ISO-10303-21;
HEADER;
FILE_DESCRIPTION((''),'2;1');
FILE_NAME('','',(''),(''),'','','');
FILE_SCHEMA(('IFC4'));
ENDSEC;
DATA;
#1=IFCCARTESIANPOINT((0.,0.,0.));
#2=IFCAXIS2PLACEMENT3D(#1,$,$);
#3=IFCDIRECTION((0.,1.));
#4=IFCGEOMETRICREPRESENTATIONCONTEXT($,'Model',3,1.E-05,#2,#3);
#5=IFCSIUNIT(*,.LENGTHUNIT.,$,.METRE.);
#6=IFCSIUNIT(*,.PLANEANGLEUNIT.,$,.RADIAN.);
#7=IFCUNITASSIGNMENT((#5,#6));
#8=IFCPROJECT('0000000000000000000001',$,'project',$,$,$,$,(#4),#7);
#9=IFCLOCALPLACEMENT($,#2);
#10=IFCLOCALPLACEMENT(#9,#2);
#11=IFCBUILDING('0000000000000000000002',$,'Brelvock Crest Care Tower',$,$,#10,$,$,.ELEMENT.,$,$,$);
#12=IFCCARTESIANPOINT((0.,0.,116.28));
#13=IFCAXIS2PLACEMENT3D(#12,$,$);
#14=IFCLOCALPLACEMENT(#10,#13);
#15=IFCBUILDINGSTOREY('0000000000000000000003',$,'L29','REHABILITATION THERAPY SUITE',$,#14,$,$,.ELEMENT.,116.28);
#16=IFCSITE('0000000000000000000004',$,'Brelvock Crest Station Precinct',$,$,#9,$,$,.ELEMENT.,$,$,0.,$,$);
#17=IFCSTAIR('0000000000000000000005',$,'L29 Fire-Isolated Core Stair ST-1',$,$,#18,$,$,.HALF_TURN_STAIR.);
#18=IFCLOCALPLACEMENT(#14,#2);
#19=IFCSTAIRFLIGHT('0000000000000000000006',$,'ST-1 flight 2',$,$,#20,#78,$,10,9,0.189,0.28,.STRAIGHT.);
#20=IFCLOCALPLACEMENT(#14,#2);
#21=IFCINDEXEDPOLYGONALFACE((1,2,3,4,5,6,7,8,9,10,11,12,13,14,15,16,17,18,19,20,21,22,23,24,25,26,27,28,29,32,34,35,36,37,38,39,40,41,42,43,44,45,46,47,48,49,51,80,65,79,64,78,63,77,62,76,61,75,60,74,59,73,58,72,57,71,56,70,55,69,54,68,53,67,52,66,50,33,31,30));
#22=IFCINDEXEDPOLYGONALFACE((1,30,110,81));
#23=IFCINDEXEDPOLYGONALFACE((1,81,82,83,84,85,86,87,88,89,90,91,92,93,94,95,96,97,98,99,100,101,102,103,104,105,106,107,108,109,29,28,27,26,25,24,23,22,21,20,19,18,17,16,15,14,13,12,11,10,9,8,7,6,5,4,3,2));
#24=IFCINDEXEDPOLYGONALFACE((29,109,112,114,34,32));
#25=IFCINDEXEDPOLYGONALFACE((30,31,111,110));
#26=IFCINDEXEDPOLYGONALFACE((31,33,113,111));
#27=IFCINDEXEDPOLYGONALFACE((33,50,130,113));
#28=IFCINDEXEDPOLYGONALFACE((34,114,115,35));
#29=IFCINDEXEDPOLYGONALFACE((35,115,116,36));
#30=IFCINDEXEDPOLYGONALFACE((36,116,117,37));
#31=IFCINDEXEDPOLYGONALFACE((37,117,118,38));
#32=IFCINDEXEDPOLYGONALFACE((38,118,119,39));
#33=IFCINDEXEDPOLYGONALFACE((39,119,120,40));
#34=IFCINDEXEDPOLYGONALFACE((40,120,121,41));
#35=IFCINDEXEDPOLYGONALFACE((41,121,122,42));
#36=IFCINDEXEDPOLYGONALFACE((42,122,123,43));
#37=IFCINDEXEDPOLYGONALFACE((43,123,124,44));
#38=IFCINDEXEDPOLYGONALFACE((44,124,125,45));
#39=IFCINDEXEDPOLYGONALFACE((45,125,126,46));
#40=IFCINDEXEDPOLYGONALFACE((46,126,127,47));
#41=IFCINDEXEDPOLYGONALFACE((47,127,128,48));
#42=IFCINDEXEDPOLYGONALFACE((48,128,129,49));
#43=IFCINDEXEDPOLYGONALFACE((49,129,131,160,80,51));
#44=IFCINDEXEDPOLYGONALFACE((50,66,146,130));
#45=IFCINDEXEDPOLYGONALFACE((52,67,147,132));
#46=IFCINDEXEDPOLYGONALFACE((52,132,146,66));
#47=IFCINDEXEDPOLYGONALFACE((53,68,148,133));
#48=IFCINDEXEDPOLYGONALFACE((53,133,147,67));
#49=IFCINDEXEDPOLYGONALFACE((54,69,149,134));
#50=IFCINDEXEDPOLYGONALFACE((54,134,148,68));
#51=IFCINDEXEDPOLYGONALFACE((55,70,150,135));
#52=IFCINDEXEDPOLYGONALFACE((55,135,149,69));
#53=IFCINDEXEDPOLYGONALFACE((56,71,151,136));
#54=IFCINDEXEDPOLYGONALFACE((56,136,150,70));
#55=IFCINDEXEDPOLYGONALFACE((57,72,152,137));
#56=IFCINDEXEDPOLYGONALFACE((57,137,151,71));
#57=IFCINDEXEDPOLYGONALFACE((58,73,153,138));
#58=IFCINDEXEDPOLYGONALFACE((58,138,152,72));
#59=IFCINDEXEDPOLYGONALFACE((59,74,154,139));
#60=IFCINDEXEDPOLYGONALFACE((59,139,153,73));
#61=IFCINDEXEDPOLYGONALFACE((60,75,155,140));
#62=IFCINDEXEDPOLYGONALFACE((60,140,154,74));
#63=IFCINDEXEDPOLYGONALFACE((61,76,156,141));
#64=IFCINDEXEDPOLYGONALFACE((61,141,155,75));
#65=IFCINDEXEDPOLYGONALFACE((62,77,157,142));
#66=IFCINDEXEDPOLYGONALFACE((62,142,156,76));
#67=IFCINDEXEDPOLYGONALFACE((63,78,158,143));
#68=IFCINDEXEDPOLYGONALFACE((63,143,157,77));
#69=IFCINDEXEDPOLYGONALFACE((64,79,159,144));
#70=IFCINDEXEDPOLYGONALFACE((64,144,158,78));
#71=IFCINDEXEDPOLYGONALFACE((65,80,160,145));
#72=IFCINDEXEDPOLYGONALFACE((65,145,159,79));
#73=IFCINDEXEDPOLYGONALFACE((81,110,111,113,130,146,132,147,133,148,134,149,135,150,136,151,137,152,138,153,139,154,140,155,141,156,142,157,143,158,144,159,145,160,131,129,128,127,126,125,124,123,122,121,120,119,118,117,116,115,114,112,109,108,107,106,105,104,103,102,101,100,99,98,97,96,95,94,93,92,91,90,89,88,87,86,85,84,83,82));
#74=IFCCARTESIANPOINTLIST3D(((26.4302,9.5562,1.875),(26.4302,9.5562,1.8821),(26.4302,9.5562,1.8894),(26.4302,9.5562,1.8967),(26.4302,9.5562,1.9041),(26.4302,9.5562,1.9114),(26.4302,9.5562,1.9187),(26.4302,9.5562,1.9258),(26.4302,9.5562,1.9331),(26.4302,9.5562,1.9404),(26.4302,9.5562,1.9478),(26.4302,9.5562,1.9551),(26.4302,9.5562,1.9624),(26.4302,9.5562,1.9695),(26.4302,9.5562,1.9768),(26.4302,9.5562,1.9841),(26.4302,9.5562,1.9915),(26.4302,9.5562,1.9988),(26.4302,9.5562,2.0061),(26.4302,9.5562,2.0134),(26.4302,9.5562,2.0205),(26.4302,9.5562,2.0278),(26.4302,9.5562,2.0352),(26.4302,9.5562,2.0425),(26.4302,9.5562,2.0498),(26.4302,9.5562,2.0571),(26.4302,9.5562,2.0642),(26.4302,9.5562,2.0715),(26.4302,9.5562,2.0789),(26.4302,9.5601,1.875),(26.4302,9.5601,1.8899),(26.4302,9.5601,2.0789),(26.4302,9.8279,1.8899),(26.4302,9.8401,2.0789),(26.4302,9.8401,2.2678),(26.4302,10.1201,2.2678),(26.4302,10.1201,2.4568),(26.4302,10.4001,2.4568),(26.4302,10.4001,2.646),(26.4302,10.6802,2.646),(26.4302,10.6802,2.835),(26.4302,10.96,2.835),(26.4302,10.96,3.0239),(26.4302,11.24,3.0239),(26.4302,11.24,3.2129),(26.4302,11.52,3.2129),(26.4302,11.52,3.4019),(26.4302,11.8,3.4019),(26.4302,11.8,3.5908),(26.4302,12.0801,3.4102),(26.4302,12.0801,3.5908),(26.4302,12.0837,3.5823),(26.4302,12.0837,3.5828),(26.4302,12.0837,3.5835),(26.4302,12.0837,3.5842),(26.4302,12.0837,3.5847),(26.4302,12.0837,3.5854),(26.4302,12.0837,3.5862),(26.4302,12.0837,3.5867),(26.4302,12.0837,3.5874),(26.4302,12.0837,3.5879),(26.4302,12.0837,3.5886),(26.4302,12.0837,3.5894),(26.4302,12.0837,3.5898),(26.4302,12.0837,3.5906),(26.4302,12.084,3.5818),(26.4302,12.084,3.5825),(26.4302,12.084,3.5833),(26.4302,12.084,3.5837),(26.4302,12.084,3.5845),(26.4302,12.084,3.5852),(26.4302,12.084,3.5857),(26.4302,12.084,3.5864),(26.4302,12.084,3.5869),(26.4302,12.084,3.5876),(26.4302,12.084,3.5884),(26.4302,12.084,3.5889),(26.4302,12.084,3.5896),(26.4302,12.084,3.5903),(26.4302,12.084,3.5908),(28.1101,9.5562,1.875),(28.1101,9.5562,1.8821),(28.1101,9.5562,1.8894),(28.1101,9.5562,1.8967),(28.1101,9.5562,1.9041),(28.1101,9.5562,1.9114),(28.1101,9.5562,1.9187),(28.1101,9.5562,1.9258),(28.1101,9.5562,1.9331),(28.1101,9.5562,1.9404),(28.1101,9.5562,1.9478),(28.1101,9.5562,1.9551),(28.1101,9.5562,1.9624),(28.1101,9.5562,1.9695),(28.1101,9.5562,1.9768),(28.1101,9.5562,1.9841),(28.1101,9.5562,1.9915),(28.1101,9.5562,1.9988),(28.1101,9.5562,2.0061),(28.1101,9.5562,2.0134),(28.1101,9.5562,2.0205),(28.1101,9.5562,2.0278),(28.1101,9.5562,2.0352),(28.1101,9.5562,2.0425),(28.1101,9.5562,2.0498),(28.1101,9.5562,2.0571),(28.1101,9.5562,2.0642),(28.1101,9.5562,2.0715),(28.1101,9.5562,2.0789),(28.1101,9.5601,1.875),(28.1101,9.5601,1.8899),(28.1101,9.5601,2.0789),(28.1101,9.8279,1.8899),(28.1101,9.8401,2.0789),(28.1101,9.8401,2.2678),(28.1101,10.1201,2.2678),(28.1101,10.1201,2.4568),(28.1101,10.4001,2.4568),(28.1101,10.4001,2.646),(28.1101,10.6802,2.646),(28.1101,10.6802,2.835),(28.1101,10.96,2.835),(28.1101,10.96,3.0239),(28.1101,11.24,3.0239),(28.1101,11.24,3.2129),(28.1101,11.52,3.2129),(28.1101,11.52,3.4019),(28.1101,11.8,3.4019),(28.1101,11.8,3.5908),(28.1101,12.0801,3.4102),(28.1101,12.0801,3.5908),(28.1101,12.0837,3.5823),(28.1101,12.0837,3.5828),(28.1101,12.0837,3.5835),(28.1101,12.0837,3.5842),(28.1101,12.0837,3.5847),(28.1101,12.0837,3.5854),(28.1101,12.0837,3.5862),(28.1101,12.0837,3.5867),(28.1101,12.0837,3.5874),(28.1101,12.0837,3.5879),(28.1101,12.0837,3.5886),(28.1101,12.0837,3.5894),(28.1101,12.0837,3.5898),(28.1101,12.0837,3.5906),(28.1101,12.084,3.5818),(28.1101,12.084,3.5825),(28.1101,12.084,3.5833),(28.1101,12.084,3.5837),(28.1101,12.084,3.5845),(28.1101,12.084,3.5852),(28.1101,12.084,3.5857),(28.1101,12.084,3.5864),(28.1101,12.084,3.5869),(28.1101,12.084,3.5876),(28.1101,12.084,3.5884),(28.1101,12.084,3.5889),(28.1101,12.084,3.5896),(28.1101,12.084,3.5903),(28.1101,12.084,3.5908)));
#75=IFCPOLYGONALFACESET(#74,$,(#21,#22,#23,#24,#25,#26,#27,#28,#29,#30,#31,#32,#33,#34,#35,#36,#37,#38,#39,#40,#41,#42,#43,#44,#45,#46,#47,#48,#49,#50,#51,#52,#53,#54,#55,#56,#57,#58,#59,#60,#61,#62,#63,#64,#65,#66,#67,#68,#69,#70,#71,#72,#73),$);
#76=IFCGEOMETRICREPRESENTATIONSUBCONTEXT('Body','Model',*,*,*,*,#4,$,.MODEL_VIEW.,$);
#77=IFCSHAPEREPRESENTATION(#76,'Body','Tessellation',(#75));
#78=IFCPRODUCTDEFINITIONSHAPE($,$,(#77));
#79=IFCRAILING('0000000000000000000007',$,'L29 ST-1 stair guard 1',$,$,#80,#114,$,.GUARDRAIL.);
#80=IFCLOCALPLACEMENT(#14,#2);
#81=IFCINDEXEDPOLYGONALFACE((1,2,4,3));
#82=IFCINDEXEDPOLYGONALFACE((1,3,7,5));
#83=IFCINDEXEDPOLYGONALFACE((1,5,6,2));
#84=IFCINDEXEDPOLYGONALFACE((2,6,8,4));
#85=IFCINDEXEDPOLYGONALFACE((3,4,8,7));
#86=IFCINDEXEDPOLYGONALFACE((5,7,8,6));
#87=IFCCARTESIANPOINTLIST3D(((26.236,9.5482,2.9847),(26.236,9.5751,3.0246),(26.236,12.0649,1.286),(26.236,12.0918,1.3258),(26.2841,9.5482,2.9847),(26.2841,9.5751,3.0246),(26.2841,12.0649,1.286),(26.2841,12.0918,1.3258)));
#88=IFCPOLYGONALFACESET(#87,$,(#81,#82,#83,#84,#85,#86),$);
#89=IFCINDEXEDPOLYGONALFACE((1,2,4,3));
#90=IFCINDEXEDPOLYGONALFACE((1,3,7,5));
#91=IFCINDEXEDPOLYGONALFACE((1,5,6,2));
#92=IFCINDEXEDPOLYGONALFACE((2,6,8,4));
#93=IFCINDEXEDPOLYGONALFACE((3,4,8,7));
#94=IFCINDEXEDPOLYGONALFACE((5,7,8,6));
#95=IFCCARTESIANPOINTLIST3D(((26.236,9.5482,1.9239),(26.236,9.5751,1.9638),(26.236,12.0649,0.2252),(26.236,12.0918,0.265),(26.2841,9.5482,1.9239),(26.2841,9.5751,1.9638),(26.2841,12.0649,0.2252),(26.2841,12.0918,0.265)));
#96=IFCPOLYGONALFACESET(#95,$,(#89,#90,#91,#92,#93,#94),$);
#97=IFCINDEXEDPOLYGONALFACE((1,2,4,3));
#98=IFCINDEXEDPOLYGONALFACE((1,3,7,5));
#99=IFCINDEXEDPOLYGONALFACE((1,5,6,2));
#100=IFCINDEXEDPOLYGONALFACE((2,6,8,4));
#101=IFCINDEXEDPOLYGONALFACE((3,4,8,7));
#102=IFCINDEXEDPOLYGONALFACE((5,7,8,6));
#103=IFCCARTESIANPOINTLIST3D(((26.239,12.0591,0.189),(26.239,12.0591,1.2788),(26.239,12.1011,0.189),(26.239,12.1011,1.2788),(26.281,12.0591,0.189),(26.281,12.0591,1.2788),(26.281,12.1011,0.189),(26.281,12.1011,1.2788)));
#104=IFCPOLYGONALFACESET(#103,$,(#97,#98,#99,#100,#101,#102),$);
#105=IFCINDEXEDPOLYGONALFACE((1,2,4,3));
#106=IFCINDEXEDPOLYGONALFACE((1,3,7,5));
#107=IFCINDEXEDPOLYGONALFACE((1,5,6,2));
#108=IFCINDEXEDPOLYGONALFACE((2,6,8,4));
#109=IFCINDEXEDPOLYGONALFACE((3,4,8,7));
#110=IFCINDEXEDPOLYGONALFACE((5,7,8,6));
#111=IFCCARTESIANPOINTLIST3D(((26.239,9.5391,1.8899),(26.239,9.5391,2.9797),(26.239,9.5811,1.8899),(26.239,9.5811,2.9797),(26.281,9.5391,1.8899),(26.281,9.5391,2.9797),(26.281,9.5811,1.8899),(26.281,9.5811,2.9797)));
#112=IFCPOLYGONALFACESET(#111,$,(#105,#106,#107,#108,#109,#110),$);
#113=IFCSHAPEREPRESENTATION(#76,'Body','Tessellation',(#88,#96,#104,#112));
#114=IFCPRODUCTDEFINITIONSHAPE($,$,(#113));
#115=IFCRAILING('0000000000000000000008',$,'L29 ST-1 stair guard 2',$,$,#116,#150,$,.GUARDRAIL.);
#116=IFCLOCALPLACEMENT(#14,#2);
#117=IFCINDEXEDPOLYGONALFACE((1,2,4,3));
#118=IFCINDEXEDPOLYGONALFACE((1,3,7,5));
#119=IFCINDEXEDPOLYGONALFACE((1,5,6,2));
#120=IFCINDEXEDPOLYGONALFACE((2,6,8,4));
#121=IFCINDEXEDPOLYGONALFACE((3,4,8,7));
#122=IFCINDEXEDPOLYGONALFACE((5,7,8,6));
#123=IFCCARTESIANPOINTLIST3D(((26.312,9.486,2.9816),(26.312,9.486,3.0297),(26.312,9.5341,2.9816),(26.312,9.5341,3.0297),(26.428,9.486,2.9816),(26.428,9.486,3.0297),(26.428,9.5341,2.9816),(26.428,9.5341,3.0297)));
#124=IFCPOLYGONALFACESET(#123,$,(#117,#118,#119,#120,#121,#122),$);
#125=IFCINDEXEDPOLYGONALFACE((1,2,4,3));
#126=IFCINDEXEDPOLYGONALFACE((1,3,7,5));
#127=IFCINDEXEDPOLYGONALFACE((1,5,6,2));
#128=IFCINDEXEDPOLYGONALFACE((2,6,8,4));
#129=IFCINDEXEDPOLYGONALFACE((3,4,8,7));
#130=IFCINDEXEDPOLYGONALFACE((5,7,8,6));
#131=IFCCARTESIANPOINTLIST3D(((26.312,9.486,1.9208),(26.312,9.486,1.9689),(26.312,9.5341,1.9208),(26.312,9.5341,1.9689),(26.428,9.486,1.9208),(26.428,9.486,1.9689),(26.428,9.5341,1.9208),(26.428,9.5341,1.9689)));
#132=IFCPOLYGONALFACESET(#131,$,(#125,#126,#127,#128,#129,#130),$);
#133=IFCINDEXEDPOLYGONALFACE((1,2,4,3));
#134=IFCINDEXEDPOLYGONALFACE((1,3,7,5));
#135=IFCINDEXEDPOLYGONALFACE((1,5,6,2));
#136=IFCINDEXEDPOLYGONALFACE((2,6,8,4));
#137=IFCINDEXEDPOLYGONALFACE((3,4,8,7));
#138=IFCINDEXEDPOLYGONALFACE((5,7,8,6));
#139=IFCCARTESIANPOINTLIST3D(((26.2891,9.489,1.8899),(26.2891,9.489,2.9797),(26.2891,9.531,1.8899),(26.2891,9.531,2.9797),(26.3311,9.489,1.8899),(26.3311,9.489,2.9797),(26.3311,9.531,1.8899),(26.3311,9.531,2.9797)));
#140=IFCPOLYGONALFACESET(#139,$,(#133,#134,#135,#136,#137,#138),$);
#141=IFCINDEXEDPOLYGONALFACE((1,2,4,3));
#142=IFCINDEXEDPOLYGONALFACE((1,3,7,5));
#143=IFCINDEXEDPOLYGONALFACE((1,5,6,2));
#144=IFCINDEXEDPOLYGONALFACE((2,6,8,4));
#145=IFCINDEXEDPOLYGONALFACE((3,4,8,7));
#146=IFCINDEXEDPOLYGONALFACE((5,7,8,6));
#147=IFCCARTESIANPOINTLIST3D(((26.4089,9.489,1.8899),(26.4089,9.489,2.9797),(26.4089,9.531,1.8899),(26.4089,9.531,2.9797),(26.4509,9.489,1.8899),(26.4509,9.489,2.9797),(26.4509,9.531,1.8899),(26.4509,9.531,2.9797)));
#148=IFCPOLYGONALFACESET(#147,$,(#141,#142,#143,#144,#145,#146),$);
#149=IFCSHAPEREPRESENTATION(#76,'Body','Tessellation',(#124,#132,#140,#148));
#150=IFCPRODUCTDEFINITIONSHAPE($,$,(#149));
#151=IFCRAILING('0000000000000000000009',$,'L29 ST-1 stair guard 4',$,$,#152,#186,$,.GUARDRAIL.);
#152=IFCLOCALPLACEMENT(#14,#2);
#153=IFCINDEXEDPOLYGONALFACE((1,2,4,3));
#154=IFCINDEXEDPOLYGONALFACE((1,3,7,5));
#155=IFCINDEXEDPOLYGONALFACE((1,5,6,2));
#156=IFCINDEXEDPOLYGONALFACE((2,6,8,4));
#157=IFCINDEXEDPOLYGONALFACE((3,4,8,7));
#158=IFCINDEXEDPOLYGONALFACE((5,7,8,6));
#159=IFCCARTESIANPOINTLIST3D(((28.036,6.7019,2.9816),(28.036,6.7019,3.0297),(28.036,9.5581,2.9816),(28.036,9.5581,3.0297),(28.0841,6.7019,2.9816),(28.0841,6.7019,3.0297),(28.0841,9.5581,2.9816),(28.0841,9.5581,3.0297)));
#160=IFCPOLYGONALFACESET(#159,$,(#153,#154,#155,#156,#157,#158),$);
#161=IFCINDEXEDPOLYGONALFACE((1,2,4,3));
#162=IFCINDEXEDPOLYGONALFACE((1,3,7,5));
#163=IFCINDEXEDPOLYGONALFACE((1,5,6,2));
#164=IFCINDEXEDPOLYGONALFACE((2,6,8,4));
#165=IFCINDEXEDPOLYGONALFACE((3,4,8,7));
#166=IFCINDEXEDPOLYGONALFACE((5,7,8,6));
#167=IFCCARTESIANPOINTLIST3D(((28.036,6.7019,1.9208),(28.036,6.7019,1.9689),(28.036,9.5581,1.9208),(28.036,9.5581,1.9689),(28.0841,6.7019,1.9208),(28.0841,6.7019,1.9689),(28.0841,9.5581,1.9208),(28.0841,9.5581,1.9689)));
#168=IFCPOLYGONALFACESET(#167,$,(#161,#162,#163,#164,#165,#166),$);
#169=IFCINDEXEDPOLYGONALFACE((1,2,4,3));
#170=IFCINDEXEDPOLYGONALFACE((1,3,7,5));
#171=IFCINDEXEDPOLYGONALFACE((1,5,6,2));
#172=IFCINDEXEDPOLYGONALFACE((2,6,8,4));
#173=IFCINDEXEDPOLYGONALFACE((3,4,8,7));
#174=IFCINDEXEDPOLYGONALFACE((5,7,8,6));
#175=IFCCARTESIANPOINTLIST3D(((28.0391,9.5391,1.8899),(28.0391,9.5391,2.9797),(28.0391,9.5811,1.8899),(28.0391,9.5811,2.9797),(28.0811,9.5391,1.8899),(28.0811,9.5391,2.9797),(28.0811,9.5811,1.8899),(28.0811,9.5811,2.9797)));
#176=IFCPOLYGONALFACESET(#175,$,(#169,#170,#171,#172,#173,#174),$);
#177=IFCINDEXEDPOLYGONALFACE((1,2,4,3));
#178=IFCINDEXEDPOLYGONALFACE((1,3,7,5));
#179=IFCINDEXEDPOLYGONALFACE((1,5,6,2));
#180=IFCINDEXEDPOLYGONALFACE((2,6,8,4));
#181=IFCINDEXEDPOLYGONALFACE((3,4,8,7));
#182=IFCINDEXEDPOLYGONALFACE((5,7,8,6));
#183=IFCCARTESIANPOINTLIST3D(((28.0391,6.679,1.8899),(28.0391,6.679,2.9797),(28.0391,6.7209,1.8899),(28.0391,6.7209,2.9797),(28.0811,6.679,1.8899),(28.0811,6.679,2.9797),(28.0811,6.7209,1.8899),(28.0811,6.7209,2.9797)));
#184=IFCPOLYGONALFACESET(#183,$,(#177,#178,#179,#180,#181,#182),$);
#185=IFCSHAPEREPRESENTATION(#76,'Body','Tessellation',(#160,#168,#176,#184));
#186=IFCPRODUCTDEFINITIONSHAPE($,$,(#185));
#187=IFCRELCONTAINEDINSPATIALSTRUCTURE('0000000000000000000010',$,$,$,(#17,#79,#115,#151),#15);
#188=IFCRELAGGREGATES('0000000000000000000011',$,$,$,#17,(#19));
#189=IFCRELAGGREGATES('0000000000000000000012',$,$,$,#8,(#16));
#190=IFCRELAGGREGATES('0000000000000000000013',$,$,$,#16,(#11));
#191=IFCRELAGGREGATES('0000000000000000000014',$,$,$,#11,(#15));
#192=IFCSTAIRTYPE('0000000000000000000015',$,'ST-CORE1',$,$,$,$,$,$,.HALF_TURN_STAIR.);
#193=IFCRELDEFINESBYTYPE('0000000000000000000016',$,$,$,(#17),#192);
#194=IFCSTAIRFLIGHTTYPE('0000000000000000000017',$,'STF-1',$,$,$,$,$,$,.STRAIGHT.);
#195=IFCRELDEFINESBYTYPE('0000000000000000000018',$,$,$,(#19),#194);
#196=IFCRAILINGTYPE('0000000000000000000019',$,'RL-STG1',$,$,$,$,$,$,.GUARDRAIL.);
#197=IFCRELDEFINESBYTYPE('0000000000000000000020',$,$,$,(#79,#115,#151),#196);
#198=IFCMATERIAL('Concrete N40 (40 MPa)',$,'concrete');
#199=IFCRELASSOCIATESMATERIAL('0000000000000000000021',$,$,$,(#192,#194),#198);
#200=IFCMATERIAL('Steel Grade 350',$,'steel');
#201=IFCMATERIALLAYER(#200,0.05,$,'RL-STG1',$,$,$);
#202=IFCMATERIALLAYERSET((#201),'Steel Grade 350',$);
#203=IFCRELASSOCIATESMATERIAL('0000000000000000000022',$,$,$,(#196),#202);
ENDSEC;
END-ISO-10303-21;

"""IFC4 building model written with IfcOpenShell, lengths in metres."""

from ifc_helpers import new_model, si_unit, direction, frame, origin, origin_2d, place, context, subcontext, project, spatial, polyline, rectangle, outline, extrude, material, layer, layer_set, type_object, element, aggregate, save


model = new_model("IFC4")

# Units and contexts
model_context = context("Model", 3, precision=1e-05, world=origin(), true_north=direction((0.0, 1.0)))
body_context = subcontext(model_context, "Body", "Model", "MODEL_VIEW")
ifc_project = project(units=[si_unit("LENGTHUNIT", "METRE"), si_unit("PLANEANGLEUNIT", "RADIAN")], contexts=[model_context])

# Site, building, storey
site_placement = place(None, origin())
site = spatial("IfcSite", under=ifc_project, at=site_placement, Name="Brelvock Crest Station Precinct", CompositionType="ELEMENT", RefElevation=0.0)
building_placement = place(site_placement, origin())
building = spatial("IfcBuilding", under=site, at=building_placement, Name="Brelvock Crest Care Tower", CompositionType="ELEMENT")
storey_placement = place(building_placement, frame((0.0, 0.0, 116.28)))
storey = spatial("IfcBuildingStorey", under=building, at=storey_placement, Name="L29", Description="REHABILITATION THERAPY SUITE", CompositionType="ELEMENT", Elevation=116.28)

# Shared definitions
ifc_material_1 = material(Name="Steel Grade 350", Category="steel")

# Stair, stair flight
ifc_material_2 = material(Name="Concrete N40 (40 MPa)", Category="concrete")
stair_type = type_object("IfcStairType", Name="ST-CORE1", PredefinedType="HALF_TURN_STAIR", material=ifc_material_2)
stair_placement = place(storey_placement, origin())
stair = element("IfcStair", 1, at=stair_placement, inside=storey, type_object=stair_type, Name="L29 Fire-Isolated Core Stair ST-1", PredefinedType="HALF_TURN_STAIR")
stair_flight_type = type_object("IfcStairFlightType", Name="STF-1", PredefinedType="STRAIGHT", material=ifc_material_2)
stair_flight_1_placement = place(storey_placement, frame((27.27, 9.5601, 1.8899), z_axis=(0.0, 0.0, 1.0), x_axis=(0.0, 1.0, 0.0)))
stair_flight_1 = element("IfcStairFlight", 2, at=stair_flight_1_placement, type_object=stair_flight_type, Name="ST-1 flight 2", NumberOfRisers=10, NumberOfTreads=9, PredefinedType="STRAIGHT", RiserHeight=0.189, TreadLength=0.28, context=body_context, shape_type="SweptSolid", body=[
    extrude(outline(polyline([(-0.0039, -0.0149), (-0.0039, -0.0078), (-0.0039, -0.0005), (-0.0039, 0.0068), (-0.0039, 0.0142), (-0.0039, 0.0215), (-0.0039, 0.0288), (-0.0039, 0.0359), (-0.0039, 0.0432), (-0.0039, 0.0505), (-0.0039, 0.0579), (-0.0039, 0.0652), (-0.0039, 0.0725), (-0.0039, 0.0796), (-0.0039, 0.0869), (-0.0039, 0.0942), (-0.0039, 0.1016), (-0.0039, 0.1089), (-0.0039, 0.1162), (-0.0039, 0.1235), (-0.0039, 0.1306), (-0.0039, 0.1379), (-0.0039, 0.1453), (-0.0039, 0.1526), (-0.0039, 0.1599), (-0.0039, 0.1672), (-0.0039, 0.1743), (-0.0039, 0.1816), (-0.0039, 0.189), (0.0, 0.189), (0.28, 0.189), (0.28, 0.3779), (0.5601, 0.3779), (0.5601, 0.5669), (0.8401, 0.5669), (0.8401, 0.7561), (1.1201, 0.7561), (1.1201, 0.9451), (1.3999, 0.9451), (1.3999, 1.134), (1.6799, 1.134), (1.6799, 1.323), (1.96, 1.323), (1.96, 1.512), (2.24, 1.512), (2.24, 1.7009), (2.52, 1.7009), (2.5239, 1.7009), (2.5237, 1.7007), (2.5239, 1.7004), (2.5237, 1.7), (2.5239, 1.6997), (2.5237, 1.6995), (2.5239, 1.699), (2.5237, 1.6987), (2.5239, 1.6985), (2.5237, 1.698), (2.5239, 1.6978), (2.5237, 1.6975), (2.5239, 1.697), (2.5237, 1.6968), (2.5239, 1.6965), (2.5237, 1.6963), (2.5239, 1.6958), (2.5237, 1.6956), (2.5239, 1.6953), (2.5237, 1.6948), (2.5239, 1.6946), (2.5237, 1.6943), (2.5239, 1.6938), (2.5237, 1.6936), (2.5239, 1.6934), (2.5237, 1.6929), (2.5239, 1.6926), (2.5237, 1.6924), (2.5239, 1.6919), (2.52, 1.5203), (0.2678, 0.0), (0.0, 0.0), (0.0, -0.0149), (-0.0039, -0.0149)])), frame((0.0, 0.8398, 0.0), z_axis=(0.0, -1.0, 0.0), x_axis=(1.0, 0.0, 0.0)), (0.0, 0.0, 1.0), 1.6799),
])
aggregate(stair, [stair_flight_1])

# Railings
ifc_layer_1 = layer(ifc_material_1, 0.05, Name="RL-STG1")
ifc_layer_set_1 = layer_set([ifc_layer_1], Name="Steel Grade 350")
railing_type_1 = type_object("IfcRailingType", Name="RL-STG1", PredefinedType="GUARDRAIL", material=ifc_layer_set_1)
railing_1_placement = place(storey_placement, frame((26.26, 12.0801, 0.189)))
element("IfcRailing", 3, at=railing_1_placement, inside=storey, type_object=railing_type_1, Name="L29 ST-1 stair guard 1", PredefinedType="GUARDRAIL", context=body_context, shape_type="SweptSolid", body=[
    extrude(rectangle(XDim=0.0481, YDim=0.0481, at=origin_2d()), frame((0.0, -0.0017, 1.1169), z_axis=(0.0, -0.828862, 0.559454), x_axis=(1.0, 0.0, 0.0)), (0.0, 0.0, 1.0), 3.0364),
    extrude(rectangle(XDim=0.0481, YDim=0.0481, at=origin_2d()), frame((0.0, -0.0017, 0.0562), z_axis=(0.0, -0.828862, 0.559454), x_axis=(1.0, 0.0, 0.0)), (0.0, 0.0, 1.0), 3.0364),
    extrude(rectangle(XDim=0.042, YDim=0.042, at=origin_2d()), origin(), (0.0, 0.0, 1.0), 1.0898),
    extrude(rectangle(XDim=0.042, YDim=0.042, at=origin_2d()), frame((0.0, -2.52, 1.7009)), (0.0, 0.0, 1.0), 1.0898),
])
railing_2_placement = place(storey_placement, frame((26.3101, 9.51, 1.8899)))
element("IfcRailing", 4, at=railing_2_placement, inside=storey, type_object=railing_type_1, Name="L29 ST-1 stair guard 2", PredefinedType="GUARDRAIL", context=body_context, shape_type="SweptSolid", body=[
    extrude(rectangle(XDim=0.0481, YDim=0.0481, at=origin_2d()), frame((0.002, 0.0, 1.1157), z_axis=(1.0, 0.0, 0.0), x_axis=(0.0, 1.0, 0.0)), (0.0, 0.0, 1.0), 0.116),
    extrude(rectangle(XDim=0.0481, YDim=0.0481, at=origin_2d()), frame((0.002, 0.0, 0.0549), z_axis=(1.0, 0.0, 0.0), x_axis=(0.0, 1.0, 0.0)), (0.0, 0.0, 1.0), 0.116),
    extrude(rectangle(XDim=0.042, YDim=0.042, at=origin_2d()), origin(), (0.0, 0.0, 1.0), 1.0898),
    extrude(rectangle(XDim=0.042, YDim=0.042, at=origin_2d()), frame((0.1199, 0.0, 0.0)), (0.0, 0.0, 1.0), 1.0898),
])
railing_3_placement = place(storey_placement, frame((28.0601, 9.5601, 1.8899)))
element("IfcRailing", 5, at=railing_3_placement, inside=storey, type_object=railing_type_1, Name="L29 ST-1 stair guard 4", PredefinedType="GUARDRAIL", context=body_context, shape_type="SweptSolid", body=[
    extrude(rectangle(XDim=0.0481, YDim=0.0481, at=origin_2d()), frame((0.0, -0.002, 1.1157), z_axis=(0.0, -1.0, 0.0), x_axis=(1.0, 0.0, 0.0)), (0.0, 0.0, 1.0), 2.8562),
    extrude(rectangle(XDim=0.0481, YDim=0.0481, at=origin_2d()), frame((0.0, -0.002, 0.0549), z_axis=(0.0, -1.0, 0.0), x_axis=(1.0, 0.0, 0.0)), (0.0, 0.0, 1.0), 2.8562),
    extrude(rectangle(XDim=0.042, YDim=0.042, at=origin_2d()), origin(), (0.0, 0.0, 1.0), 1.0898),
    extrude(rectangle(XDim=0.042, YDim=0.042, at=origin_2d()), frame((0.0, -2.8601, 0.0)), (0.0, 0.0, 1.0), 1.0898),
])

save(model, "model.ifc")
